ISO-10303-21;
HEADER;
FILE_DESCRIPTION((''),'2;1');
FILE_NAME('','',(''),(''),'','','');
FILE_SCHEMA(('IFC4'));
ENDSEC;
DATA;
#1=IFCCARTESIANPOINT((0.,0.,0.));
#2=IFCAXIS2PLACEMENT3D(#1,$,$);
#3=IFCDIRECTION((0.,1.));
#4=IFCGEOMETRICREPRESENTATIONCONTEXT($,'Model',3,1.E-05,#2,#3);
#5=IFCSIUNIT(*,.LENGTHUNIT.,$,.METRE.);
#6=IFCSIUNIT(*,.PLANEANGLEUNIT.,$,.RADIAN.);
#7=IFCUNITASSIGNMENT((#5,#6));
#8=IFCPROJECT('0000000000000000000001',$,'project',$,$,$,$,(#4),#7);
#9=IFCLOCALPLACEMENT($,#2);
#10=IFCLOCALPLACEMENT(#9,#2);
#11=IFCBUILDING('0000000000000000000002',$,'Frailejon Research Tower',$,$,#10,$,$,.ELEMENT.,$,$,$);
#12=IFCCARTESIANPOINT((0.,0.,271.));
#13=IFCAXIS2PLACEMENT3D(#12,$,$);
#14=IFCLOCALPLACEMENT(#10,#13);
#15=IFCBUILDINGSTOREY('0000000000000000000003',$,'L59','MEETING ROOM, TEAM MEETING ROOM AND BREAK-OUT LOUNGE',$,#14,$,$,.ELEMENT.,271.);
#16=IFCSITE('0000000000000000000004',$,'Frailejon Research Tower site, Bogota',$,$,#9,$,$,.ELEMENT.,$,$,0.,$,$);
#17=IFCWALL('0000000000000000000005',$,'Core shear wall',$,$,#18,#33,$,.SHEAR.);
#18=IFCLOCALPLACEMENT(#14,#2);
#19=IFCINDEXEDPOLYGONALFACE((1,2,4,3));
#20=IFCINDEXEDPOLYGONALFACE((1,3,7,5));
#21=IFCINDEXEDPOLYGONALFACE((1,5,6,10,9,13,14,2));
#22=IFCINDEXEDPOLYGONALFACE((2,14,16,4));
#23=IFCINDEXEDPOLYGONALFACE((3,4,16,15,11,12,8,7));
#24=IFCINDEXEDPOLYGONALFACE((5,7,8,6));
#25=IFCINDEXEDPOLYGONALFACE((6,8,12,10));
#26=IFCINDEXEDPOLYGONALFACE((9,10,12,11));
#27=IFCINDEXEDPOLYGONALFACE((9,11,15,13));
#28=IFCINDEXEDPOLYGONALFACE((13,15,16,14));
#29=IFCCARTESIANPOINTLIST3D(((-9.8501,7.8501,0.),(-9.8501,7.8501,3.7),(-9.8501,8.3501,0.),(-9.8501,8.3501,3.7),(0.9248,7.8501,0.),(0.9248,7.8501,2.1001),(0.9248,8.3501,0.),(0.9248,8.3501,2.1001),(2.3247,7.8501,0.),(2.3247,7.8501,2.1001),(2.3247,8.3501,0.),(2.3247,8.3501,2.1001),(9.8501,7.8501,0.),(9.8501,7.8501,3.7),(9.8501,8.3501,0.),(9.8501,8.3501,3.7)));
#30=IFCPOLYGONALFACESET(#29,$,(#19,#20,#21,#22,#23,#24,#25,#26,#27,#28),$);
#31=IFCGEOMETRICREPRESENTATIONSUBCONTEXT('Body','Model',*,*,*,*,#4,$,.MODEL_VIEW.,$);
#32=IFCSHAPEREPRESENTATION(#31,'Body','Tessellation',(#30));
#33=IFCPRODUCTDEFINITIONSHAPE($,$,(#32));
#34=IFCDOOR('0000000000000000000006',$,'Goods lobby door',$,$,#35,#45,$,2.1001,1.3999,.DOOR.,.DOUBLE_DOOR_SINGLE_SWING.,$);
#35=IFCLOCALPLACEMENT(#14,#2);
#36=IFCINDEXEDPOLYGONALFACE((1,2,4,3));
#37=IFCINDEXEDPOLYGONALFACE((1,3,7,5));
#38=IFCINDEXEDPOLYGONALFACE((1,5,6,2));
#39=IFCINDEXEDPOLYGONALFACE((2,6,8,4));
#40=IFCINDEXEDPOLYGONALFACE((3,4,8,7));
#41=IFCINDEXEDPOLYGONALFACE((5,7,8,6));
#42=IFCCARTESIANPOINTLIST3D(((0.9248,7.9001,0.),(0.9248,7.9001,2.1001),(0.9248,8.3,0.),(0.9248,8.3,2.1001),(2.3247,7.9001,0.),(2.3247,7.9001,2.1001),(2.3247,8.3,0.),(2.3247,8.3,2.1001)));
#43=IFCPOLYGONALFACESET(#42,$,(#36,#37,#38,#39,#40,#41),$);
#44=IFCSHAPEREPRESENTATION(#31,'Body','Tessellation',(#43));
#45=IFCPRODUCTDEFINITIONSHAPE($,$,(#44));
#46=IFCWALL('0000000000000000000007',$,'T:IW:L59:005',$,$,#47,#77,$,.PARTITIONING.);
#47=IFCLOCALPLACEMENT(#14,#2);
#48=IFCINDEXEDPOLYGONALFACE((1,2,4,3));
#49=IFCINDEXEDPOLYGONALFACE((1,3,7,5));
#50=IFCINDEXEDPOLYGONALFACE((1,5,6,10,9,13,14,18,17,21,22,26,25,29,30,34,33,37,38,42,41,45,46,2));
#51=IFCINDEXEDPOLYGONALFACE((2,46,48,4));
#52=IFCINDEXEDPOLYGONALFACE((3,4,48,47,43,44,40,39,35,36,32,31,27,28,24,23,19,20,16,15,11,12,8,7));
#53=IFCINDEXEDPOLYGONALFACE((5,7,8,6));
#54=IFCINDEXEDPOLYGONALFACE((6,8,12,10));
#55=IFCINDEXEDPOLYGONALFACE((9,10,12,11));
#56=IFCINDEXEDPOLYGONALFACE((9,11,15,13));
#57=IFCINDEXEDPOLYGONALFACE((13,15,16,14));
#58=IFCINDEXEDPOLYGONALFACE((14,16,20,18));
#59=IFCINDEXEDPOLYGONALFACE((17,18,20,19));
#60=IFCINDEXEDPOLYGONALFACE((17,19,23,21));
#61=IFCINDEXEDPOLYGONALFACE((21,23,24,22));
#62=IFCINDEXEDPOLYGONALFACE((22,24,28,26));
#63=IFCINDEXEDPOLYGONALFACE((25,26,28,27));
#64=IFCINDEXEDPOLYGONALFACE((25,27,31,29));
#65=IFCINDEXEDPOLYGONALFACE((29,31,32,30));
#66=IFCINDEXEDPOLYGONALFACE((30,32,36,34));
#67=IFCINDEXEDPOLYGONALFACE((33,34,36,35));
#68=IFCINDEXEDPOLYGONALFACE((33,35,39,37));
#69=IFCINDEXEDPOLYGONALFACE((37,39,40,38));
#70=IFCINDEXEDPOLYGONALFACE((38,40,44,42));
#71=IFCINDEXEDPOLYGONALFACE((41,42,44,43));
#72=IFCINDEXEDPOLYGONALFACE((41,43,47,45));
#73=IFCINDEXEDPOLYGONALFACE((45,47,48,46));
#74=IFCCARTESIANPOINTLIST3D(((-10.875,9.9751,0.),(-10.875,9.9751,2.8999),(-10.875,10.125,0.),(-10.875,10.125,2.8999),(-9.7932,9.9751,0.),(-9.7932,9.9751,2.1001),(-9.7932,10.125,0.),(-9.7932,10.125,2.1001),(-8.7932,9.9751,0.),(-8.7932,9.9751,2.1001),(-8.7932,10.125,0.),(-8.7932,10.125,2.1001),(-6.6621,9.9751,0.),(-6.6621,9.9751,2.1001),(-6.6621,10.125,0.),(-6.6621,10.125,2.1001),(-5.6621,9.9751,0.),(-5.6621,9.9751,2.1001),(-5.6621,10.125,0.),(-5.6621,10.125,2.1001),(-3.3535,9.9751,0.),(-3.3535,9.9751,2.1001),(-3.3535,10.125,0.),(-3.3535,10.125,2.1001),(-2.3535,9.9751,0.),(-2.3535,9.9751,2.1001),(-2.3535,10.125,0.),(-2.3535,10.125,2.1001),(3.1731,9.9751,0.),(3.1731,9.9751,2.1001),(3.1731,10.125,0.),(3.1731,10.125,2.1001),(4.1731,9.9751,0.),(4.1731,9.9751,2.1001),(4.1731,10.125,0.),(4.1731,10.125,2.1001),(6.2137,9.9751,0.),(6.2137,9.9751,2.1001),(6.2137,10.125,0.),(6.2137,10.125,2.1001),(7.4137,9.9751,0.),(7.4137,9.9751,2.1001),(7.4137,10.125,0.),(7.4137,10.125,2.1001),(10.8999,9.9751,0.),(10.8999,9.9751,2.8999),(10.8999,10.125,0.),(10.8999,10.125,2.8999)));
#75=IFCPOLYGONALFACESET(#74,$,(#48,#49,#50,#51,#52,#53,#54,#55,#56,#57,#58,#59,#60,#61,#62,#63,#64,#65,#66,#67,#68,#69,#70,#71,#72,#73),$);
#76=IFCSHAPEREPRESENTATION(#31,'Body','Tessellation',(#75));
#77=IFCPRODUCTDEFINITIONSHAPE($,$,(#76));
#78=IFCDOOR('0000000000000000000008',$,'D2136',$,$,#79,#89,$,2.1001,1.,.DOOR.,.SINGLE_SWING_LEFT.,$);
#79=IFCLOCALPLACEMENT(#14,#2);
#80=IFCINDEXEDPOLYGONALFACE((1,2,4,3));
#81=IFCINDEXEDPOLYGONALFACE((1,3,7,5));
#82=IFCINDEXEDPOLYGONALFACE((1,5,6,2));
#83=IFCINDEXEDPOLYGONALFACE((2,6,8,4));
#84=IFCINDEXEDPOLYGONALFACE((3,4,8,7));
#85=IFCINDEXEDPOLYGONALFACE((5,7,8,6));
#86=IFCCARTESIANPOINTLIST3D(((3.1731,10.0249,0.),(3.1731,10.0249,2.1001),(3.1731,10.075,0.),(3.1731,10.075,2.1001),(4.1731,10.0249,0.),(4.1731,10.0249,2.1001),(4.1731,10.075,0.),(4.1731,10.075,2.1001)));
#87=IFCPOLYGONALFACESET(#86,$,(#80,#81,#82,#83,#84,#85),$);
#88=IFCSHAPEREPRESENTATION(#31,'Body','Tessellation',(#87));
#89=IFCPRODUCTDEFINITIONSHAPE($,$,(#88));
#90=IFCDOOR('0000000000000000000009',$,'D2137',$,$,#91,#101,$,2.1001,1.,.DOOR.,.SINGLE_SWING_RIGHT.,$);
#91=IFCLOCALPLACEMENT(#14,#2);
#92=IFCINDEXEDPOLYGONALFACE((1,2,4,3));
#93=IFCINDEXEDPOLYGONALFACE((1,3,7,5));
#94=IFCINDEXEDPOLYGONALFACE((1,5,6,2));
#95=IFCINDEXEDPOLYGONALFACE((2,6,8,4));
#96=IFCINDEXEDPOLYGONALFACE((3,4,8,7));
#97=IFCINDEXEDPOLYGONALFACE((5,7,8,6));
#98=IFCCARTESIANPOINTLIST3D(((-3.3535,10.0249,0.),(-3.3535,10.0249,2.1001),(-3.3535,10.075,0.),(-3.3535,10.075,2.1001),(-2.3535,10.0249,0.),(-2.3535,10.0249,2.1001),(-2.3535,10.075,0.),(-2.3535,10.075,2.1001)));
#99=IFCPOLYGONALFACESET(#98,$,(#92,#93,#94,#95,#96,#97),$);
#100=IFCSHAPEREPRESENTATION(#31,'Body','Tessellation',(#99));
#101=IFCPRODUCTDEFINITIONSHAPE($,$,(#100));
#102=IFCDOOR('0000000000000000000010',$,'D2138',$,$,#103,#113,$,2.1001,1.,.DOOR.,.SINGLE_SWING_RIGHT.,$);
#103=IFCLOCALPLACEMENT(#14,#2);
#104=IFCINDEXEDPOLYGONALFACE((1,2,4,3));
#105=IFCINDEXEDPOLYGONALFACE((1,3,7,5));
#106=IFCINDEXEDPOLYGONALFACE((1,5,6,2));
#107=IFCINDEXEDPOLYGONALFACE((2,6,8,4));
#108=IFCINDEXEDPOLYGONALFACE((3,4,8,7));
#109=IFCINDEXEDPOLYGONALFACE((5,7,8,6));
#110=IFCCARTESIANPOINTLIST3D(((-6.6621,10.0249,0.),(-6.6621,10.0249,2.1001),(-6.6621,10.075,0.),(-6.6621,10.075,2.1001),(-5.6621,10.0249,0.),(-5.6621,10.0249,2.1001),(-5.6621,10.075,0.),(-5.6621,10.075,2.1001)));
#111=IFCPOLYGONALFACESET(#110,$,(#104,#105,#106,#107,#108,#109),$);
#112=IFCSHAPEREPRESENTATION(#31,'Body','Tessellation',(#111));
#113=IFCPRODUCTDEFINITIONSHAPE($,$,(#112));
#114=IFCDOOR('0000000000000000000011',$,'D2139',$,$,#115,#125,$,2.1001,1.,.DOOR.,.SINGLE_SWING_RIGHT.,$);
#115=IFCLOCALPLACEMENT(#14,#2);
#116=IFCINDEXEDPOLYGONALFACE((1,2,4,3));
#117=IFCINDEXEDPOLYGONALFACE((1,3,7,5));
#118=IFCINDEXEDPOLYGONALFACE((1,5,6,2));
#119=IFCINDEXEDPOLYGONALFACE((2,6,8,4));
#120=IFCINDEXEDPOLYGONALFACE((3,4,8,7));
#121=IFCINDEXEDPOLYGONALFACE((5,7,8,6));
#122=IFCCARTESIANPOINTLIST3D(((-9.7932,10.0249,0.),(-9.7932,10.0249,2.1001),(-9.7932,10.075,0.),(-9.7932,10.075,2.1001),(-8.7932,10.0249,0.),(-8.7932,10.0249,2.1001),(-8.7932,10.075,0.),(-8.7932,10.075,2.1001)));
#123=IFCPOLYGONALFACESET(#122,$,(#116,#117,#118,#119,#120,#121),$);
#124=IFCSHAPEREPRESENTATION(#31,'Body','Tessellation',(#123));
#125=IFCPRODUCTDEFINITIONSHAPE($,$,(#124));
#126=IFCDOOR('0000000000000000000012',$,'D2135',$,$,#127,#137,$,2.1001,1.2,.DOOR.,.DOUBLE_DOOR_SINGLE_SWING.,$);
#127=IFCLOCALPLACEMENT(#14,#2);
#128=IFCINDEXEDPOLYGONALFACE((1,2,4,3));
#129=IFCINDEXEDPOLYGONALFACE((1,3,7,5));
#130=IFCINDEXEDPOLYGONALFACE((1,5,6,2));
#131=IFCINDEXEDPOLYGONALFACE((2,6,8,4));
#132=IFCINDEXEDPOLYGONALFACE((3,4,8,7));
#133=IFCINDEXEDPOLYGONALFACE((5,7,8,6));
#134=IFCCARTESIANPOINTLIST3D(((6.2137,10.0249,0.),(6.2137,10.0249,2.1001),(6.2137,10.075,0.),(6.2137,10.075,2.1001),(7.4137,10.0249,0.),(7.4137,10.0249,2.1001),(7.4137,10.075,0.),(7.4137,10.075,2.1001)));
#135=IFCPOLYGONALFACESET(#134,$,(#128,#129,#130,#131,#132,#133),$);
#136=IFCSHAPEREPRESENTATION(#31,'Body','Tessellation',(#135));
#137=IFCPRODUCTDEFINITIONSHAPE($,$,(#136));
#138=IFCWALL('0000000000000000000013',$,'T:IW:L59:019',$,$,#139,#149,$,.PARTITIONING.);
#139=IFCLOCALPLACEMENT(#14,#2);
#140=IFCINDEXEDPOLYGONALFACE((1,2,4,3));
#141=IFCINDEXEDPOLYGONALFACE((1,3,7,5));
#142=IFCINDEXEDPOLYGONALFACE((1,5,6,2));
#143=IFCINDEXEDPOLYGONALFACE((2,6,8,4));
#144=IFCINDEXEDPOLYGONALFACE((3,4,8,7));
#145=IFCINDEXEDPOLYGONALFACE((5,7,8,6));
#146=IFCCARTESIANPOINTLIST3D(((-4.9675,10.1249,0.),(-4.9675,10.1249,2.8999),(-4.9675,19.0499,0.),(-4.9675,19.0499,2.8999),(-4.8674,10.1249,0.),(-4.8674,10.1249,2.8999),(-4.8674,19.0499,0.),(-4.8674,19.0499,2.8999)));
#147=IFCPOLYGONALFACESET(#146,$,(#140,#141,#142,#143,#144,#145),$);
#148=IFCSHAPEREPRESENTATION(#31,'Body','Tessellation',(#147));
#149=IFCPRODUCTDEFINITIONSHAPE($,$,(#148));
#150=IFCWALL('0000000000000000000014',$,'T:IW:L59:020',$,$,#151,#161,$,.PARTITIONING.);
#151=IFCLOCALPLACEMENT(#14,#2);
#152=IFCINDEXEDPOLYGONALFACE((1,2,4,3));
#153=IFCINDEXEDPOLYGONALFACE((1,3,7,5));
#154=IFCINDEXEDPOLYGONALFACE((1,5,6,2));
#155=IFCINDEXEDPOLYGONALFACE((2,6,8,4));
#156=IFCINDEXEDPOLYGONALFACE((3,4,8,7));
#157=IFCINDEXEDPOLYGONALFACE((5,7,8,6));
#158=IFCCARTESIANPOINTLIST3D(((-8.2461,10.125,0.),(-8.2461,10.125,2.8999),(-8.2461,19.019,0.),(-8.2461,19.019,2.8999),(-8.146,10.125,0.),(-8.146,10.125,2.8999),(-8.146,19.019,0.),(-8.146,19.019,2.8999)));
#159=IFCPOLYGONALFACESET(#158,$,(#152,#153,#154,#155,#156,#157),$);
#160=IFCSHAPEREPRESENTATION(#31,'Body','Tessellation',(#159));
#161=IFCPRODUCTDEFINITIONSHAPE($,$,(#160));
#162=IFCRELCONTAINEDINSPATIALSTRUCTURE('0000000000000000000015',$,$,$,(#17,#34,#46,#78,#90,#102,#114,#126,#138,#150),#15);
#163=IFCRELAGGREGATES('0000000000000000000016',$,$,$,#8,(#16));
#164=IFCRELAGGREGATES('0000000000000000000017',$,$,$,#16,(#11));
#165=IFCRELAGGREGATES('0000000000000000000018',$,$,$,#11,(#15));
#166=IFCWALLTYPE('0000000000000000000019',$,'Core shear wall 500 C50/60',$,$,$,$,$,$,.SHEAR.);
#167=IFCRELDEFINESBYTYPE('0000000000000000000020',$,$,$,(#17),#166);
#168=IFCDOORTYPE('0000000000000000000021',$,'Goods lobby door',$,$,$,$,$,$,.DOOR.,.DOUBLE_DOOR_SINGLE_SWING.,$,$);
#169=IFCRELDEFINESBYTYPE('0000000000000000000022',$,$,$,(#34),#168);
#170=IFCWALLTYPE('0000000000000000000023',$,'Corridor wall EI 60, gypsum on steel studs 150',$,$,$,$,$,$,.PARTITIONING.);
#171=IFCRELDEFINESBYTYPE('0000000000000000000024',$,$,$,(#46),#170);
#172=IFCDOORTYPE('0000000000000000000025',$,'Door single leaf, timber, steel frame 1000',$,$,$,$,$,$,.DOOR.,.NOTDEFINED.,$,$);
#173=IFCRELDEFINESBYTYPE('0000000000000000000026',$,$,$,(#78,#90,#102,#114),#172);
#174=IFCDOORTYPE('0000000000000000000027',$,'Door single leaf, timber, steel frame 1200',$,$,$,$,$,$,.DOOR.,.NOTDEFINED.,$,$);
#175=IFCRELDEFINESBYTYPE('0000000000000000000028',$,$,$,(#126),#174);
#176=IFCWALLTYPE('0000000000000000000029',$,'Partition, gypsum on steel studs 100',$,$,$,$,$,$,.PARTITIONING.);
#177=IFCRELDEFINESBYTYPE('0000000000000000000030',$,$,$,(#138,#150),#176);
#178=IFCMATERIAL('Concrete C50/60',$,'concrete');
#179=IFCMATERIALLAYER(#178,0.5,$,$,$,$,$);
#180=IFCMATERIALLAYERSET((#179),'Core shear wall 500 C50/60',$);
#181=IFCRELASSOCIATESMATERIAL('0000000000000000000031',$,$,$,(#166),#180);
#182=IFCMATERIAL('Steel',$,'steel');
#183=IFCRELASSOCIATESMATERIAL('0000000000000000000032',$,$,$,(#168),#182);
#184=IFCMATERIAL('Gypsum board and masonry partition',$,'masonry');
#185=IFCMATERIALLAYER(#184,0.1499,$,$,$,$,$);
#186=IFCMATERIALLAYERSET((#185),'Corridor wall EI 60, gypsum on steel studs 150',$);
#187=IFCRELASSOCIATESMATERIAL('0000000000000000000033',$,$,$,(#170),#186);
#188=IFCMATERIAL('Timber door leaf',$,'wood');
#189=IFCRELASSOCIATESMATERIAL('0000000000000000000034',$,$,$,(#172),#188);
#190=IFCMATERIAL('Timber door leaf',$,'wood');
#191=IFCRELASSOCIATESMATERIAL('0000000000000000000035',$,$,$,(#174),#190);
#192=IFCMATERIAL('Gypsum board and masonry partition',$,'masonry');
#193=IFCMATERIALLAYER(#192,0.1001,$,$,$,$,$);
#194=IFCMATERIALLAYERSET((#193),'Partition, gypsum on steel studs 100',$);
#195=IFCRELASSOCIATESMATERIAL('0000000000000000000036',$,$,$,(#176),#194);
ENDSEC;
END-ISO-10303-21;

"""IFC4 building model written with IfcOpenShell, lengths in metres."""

from ifc_helpers import new_model, si_unit, direction, frame, frame_2d, origin, place, context, subcontext, project, spatial, rectangle, extrude, material, layer, layer_set, type_object, element, fill, save


model = new_model("IFC4")

# Units and contexts
model_context = context("Model", 3, precision=1e-05, world=origin(), true_north=direction((0.0, 1.0)))
body_context = subcontext(model_context, "Body", "Model", "MODEL_VIEW")
ifc_project = project(units=[si_unit("LENGTHUNIT", "METRE"), si_unit("PLANEANGLEUNIT", "RADIAN")], contexts=[model_context])

# Site, building, storey
site_placement = place(None, origin())
site = spatial("IfcSite", under=ifc_project, at=site_placement, Name="Frailejon Research Tower site, Bogota", CompositionType="ELEMENT", RefElevation=0.0)
building_placement = place(site_placement, origin())
building = spatial("IfcBuilding", under=site, at=building_placement, Name="Frailejon Research Tower", CompositionType="ELEMENT")
storey_placement = place(building_placement, frame((0.0, 0.0, 271.0)))
storey = spatial("IfcBuildingStorey", under=building, at=storey_placement, Name="L59", Description="MEETING ROOM, TEAM MEETING ROOM AND BREAK-OUT LOUNGE", CompositionType="ELEMENT", Elevation=271.0)

# Wall, opening, door
ifc_material_1 = material(Name="Concrete C50/60", Category="concrete")
ifc_layer_1 = layer(ifc_material_1, 0.5)
ifc_layer_set_1 = layer_set([ifc_layer_1], Name="Core shear wall 500 C50/60")
wall_type_1 = type_object("IfcWallType", Name="Core shear wall 500 C50/60", PredefinedType="SHEAR", material=ifc_layer_set_1)
wall_1_placement = place(storey_placement, frame((-9.8501, 8.1001, 0.0), z_axis=(0.0, 0.0, 1.0), x_axis=(1.0, 0.0, 0.0)))
wall_1 = element("IfcWall", 1, at=wall_1_placement, inside=storey, type_object=wall_type_1, Name="Core shear wall", PredefinedType="SHEAR", context=body_context, shape_type="SweptSolid", body=[
    extrude(rectangle(XDim=19.7002, YDim=0.5, at=frame_2d((9.8501, 0.0))), origin(), (0.0, 0.0, 1.0), 3.7),
])
opening_1_placement = place(wall_1_placement, frame((10.7749, 0.0, 0.0)))
opening_1 = element("IfcOpeningElement", 2, at=opening_1_placement, cuts=wall_1, PredefinedType="OPENING", context=body_context, shape_type="SweptSolid", body=[
    extrude(rectangle(XDim=1.3999, YDim=2.1001, at=frame_2d((0.7, 1.05))), frame((0.0, 0.26, 0.0), z_axis=(0.0, -1.0, 0.0), x_axis=(1.0, 0.0, 0.0)), (0.0, 0.0, 1.0), 0.52),
])
ifc_material_2 = material(Name="Steel", Category="steel")
door_type_1 = type_object("IfcDoorType", Name="Goods lobby door", OperationType="DOUBLE_DOOR_SINGLE_SWING", PredefinedType="DOOR", material=ifc_material_2)
door_1_placement = place(opening_1_placement, origin())
door_1 = element("IfcDoor", 3, at=door_1_placement, inside=storey, type_object=door_type_1, Name="Goods lobby door", OperationType="DOUBLE_DOOR_SINGLE_SWING", OverallHeight=2.1001, OverallWidth=1.3999, PredefinedType="DOOR", context=body_context, shape_type="SweptSolid", body=[
    extrude(rectangle(XDim=1.3999, YDim=2.1001, at=frame_2d((0.7, 1.05))), frame((0.0, 0.2, 0.0), z_axis=(0.0, -1.0, 0.0), x_axis=(1.0, 0.0, 0.0)), (0.0, 0.0, 1.0), 0.3999),
])
fill(opening_1, door_1)

# Wall, openings, doors
ifc_material_3 = material(Name="Gypsum board and masonry partition", Category="masonry")
ifc_layer_2 = layer(ifc_material_3, 0.1499)
ifc_layer_set_2 = layer_set([ifc_layer_2], Name="Corridor wall EI 60, gypsum on steel studs 150")
wall_type_2 = type_object("IfcWallType", Name="Corridor wall EI 60, gypsum on steel studs 150", PredefinedType="PARTITIONING", material=ifc_layer_set_2)
wall_2_placement = place(storey_placement, frame((-10.875, 10.05, 0.0), z_axis=(0.0, 0.0, 1.0), x_axis=(1.0, 0.0, 0.0)))
wall_2 = element("IfcWall", 4, at=wall_2_placement, inside=storey, type_object=wall_type_2, Name="T:IW:L59:005", PredefinedType="PARTITIONING", context=body_context, shape_type="SweptSolid", body=[
    extrude(rectangle(XDim=21.7749, YDim=0.1499, at=frame_2d((10.8875, 0.0))), origin(), (0.0, 0.0, 1.0), 2.8999),
])
opening_2_placement = place(wall_2_placement, frame((17.0886, 0.0, 0.0)))
opening_2 = element("IfcOpeningElement", 5, at=opening_2_placement, cuts=wall_2, PredefinedType="OPENING", context=body_context, shape_type="SweptSolid", body=[
    extrude(rectangle(XDim=1.2, YDim=2.1001, at=frame_2d((0.6001, 1.05))), frame((0.0, 0.085, 0.0), z_axis=(0.0, -1.0, 0.0), x_axis=(1.0, 0.0, 0.0)), (0.0, 0.0, 1.0), 0.1699),
])
opening_3_placement = place(wall_2_placement, frame((14.0481, 0.0, 0.0)))
opening_3 = element("IfcOpeningElement", 6, at=opening_3_placement, cuts=wall_2, PredefinedType="OPENING", context=body_context, shape_type="SweptSolid", body=[
    extrude(rectangle(XDim=1.0, YDim=2.1001, at=frame_2d((0.5, 1.05))), frame((0.0, 0.085, 0.0), z_axis=(0.0, -1.0, 0.0), x_axis=(1.0, 0.0, 0.0)), (0.0, 0.0, 1.0), 0.1699),
])
opening_4_placement = place(wall_2_placement, frame((7.5215, 0.0, 0.0)))
opening_4 = element("IfcOpeningElement", 7, at=opening_4_placement, cuts=wall_2, PredefinedType="OPENING", context=body_context, shape_type="SweptSolid", body=[
    extrude(rectangle(XDim=1.0, YDim=2.1001, at=frame_2d((0.5, 1.05))), frame((0.0, 0.085, 0.0), z_axis=(0.0, -1.0, 0.0), x_axis=(1.0, 0.0, 0.0)), (0.0, 0.0, 1.0), 0.1699),
])
opening_5_placement = place(wall_2_placement, frame((4.2129, 0.0, 0.0)))
opening_5 = element("IfcOpeningElement", 8, at=opening_5_placement, cuts=wall_2, PredefinedType="OPENING", context=body_context, shape_type="SweptSolid", body=[
    extrude(rectangle(XDim=1.0, YDim=2.1001, at=frame_2d((0.5, 1.05))), frame((0.0, 0.085, 0.0), z_axis=(0.0, -1.0, 0.0), x_axis=(1.0, 0.0, 0.0)), (0.0, 0.0, 1.0), 0.1699),
])
opening_6_placement = place(wall_2_placement, frame((1.0818, 0.0, 0.0)))
opening_6 = element("IfcOpeningElement", 9, at=opening_6_placement, cuts=wall_2, PredefinedType="OPENING", context=body_context, shape_type="SweptSolid", body=[
    extrude(rectangle(XDim=1.0, YDim=2.1001, at=frame_2d((0.5, 1.05))), frame((0.0, 0.085, 0.0), z_axis=(0.0, -1.0, 0.0), x_axis=(1.0, 0.0, 0.0)), (0.0, 0.0, 1.0), 0.1699),
])
ifc_material_4 = material(Name="Timber door leaf", Category="wood")
door_type_2 = type_object("IfcDoorType", Name="Door single leaf, timber, steel frame 1000", OperationType="NOTDEFINED", PredefinedType="DOOR", material=ifc_material_4)
door_2_placement = place(opening_3_placement, origin())
door_2 = element("IfcDoor", 10, at=door_2_placement, inside=storey, type_object=door_type_2, Name="D2136", OperationType="SINGLE_SWING_LEFT", OverallHeight=2.1001, OverallWidth=1.0, PredefinedType="DOOR", context=body_context, shape_type="SweptSolid", body=[
    extrude(rectangle(XDim=1.0, YDim=2.1001, at=frame_2d((0.5, 1.05))), frame((0.0, 0.0249, 0.0), z_axis=(0.0, -1.0, 0.0), x_axis=(1.0, 0.0, 0.0)), (0.0, 0.0, 1.0), 0.05),
])
fill(opening_3, door_2)
door_3_placement = place(opening_4_placement, origin())
door_3 = element("IfcDoor", 11, at=door_3_placement, inside=storey, type_object=door_type_2, Name="D2137", OperationType="SINGLE_SWING_RIGHT", OverallHeight=2.1001, OverallWidth=1.0, PredefinedType="DOOR", context=body_context, shape_type="SweptSolid", body=[
    extrude(rectangle(XDim=1.0, YDim=2.1001, at=frame_2d((0.5, 1.05))), frame((0.0, 0.0249, 0.0), z_axis=(0.0, -1.0, 0.0), x_axis=(1.0, 0.0, 0.0)), (0.0, 0.0, 1.0), 0.05),
])
fill(opening_4, door_3)
door_4_placement = place(opening_5_placement, origin())
door_4 = element("IfcDoor", 12, at=door_4_placement, inside=storey, type_object=door_type_2, Name="D2138", OperationType="SINGLE_SWING_RIGHT", OverallHeight=2.1001, OverallWidth=1.0, PredefinedType="DOOR", context=body_context, shape_type="SweptSolid", body=[
    extrude(rectangle(XDim=1.0, YDim=2.1001, at=frame_2d((0.5, 1.05))), frame((0.0, 0.0249, 0.0), z_axis=(0.0, -1.0, 0.0), x_axis=(1.0, 0.0, 0.0)), (0.0, 0.0, 1.0), 0.05),
])
fill(opening_5, door_4)
door_5_placement = place(opening_6_placement, origin())
door_5 = element("IfcDoor", 13, at=door_5_placement, inside=storey, type_object=door_type_2, Name="D2139", OperationType="SINGLE_SWING_RIGHT", OverallHeight=2.1001, OverallWidth=1.0, PredefinedType="DOOR", context=body_context, shape_type="SweptSolid", body=[
    extrude(rectangle(XDim=1.0, YDim=2.1001, at=frame_2d((0.5, 1.05))), frame((0.0, 0.0249, 0.0), z_axis=(0.0, -1.0, 0.0), x_axis=(1.0, 0.0, 0.0)), (0.0, 0.0, 1.0), 0.05),
])
fill(opening_6, door_5)
ifc_material_5 = material(Name="Timber door leaf", Category="wood")
door_type_3 = type_object("IfcDoorType", Name="Door single leaf, timber, steel frame 1200", OperationType="NOTDEFINED", PredefinedType="DOOR", material=ifc_material_5)
door_6_placement = place(opening_2_placement, origin())
door_6 = element("IfcDoor", 14, at=door_6_placement, inside=storey, type_object=door_type_3, Name="D2135", OperationType="DOUBLE_DOOR_SINGLE_SWING", OverallHeight=2.1001, OverallWidth=1.2, PredefinedType="DOOR", context=body_context, shape_type="SweptSolid", body=[
    extrude(rectangle(XDim=1.2, YDim=2.1001, at=frame_2d((0.6001, 1.05))), frame((0.0, 0.0249, 0.0), z_axis=(0.0, -1.0, 0.0), x_axis=(1.0, 0.0, 0.0)), (0.0, 0.0, 1.0), 0.05),
])
fill(opening_2, door_6)

# Walls
ifc_material_6 = material(Name="Gypsum board and masonry partition", Category="masonry")
ifc_layer_3 = layer(ifc_material_6, 0.1001)
ifc_layer_set_3 = layer_set([ifc_layer_3], Name="Partition, gypsum on steel studs 100")
wall_type_3 = type_object("IfcWallType", Name="Partition, gypsum on steel studs 100", PredefinedType="PARTITIONING", material=ifc_layer_set_3)
wall_3_placement = place(storey_placement, frame((-4.9175, 10.125, 0.0), z_axis=(0.0, 0.0, 1.0), x_axis=(0.0, 1.0, 0.0)))
element("IfcWall", 15, at=wall_3_placement, inside=storey, type_object=wall_type_3, Name="T:IW:L59:019", PredefinedType="PARTITIONING", context=body_context, shape_type="SweptSolid", body=[
    extrude(rectangle(XDim=8.925, YDim=0.1001, at=frame_2d((4.4624, 0.0))), origin(), (0.0, 0.0, 1.0), 2.8999),
])
wall_4_placement = place(storey_placement, frame((-8.196, 10.125, 0.0), z_axis=(0.0, 0.0, 1.0), x_axis=(0.0, 1.0, 0.0)))
element("IfcWall", 16, at=wall_4_placement, inside=storey, type_object=wall_type_3, Name="T:IW:L59:020", PredefinedType="PARTITIONING", context=body_context, shape_type="SweptSolid", body=[
    extrude(rectangle(XDim=8.894, YDim=0.1001, at=frame_2d((4.447, 0.0))), origin(), (0.0, 0.0, 1.0), 2.8999),
])

save(model, "model.ifc")
